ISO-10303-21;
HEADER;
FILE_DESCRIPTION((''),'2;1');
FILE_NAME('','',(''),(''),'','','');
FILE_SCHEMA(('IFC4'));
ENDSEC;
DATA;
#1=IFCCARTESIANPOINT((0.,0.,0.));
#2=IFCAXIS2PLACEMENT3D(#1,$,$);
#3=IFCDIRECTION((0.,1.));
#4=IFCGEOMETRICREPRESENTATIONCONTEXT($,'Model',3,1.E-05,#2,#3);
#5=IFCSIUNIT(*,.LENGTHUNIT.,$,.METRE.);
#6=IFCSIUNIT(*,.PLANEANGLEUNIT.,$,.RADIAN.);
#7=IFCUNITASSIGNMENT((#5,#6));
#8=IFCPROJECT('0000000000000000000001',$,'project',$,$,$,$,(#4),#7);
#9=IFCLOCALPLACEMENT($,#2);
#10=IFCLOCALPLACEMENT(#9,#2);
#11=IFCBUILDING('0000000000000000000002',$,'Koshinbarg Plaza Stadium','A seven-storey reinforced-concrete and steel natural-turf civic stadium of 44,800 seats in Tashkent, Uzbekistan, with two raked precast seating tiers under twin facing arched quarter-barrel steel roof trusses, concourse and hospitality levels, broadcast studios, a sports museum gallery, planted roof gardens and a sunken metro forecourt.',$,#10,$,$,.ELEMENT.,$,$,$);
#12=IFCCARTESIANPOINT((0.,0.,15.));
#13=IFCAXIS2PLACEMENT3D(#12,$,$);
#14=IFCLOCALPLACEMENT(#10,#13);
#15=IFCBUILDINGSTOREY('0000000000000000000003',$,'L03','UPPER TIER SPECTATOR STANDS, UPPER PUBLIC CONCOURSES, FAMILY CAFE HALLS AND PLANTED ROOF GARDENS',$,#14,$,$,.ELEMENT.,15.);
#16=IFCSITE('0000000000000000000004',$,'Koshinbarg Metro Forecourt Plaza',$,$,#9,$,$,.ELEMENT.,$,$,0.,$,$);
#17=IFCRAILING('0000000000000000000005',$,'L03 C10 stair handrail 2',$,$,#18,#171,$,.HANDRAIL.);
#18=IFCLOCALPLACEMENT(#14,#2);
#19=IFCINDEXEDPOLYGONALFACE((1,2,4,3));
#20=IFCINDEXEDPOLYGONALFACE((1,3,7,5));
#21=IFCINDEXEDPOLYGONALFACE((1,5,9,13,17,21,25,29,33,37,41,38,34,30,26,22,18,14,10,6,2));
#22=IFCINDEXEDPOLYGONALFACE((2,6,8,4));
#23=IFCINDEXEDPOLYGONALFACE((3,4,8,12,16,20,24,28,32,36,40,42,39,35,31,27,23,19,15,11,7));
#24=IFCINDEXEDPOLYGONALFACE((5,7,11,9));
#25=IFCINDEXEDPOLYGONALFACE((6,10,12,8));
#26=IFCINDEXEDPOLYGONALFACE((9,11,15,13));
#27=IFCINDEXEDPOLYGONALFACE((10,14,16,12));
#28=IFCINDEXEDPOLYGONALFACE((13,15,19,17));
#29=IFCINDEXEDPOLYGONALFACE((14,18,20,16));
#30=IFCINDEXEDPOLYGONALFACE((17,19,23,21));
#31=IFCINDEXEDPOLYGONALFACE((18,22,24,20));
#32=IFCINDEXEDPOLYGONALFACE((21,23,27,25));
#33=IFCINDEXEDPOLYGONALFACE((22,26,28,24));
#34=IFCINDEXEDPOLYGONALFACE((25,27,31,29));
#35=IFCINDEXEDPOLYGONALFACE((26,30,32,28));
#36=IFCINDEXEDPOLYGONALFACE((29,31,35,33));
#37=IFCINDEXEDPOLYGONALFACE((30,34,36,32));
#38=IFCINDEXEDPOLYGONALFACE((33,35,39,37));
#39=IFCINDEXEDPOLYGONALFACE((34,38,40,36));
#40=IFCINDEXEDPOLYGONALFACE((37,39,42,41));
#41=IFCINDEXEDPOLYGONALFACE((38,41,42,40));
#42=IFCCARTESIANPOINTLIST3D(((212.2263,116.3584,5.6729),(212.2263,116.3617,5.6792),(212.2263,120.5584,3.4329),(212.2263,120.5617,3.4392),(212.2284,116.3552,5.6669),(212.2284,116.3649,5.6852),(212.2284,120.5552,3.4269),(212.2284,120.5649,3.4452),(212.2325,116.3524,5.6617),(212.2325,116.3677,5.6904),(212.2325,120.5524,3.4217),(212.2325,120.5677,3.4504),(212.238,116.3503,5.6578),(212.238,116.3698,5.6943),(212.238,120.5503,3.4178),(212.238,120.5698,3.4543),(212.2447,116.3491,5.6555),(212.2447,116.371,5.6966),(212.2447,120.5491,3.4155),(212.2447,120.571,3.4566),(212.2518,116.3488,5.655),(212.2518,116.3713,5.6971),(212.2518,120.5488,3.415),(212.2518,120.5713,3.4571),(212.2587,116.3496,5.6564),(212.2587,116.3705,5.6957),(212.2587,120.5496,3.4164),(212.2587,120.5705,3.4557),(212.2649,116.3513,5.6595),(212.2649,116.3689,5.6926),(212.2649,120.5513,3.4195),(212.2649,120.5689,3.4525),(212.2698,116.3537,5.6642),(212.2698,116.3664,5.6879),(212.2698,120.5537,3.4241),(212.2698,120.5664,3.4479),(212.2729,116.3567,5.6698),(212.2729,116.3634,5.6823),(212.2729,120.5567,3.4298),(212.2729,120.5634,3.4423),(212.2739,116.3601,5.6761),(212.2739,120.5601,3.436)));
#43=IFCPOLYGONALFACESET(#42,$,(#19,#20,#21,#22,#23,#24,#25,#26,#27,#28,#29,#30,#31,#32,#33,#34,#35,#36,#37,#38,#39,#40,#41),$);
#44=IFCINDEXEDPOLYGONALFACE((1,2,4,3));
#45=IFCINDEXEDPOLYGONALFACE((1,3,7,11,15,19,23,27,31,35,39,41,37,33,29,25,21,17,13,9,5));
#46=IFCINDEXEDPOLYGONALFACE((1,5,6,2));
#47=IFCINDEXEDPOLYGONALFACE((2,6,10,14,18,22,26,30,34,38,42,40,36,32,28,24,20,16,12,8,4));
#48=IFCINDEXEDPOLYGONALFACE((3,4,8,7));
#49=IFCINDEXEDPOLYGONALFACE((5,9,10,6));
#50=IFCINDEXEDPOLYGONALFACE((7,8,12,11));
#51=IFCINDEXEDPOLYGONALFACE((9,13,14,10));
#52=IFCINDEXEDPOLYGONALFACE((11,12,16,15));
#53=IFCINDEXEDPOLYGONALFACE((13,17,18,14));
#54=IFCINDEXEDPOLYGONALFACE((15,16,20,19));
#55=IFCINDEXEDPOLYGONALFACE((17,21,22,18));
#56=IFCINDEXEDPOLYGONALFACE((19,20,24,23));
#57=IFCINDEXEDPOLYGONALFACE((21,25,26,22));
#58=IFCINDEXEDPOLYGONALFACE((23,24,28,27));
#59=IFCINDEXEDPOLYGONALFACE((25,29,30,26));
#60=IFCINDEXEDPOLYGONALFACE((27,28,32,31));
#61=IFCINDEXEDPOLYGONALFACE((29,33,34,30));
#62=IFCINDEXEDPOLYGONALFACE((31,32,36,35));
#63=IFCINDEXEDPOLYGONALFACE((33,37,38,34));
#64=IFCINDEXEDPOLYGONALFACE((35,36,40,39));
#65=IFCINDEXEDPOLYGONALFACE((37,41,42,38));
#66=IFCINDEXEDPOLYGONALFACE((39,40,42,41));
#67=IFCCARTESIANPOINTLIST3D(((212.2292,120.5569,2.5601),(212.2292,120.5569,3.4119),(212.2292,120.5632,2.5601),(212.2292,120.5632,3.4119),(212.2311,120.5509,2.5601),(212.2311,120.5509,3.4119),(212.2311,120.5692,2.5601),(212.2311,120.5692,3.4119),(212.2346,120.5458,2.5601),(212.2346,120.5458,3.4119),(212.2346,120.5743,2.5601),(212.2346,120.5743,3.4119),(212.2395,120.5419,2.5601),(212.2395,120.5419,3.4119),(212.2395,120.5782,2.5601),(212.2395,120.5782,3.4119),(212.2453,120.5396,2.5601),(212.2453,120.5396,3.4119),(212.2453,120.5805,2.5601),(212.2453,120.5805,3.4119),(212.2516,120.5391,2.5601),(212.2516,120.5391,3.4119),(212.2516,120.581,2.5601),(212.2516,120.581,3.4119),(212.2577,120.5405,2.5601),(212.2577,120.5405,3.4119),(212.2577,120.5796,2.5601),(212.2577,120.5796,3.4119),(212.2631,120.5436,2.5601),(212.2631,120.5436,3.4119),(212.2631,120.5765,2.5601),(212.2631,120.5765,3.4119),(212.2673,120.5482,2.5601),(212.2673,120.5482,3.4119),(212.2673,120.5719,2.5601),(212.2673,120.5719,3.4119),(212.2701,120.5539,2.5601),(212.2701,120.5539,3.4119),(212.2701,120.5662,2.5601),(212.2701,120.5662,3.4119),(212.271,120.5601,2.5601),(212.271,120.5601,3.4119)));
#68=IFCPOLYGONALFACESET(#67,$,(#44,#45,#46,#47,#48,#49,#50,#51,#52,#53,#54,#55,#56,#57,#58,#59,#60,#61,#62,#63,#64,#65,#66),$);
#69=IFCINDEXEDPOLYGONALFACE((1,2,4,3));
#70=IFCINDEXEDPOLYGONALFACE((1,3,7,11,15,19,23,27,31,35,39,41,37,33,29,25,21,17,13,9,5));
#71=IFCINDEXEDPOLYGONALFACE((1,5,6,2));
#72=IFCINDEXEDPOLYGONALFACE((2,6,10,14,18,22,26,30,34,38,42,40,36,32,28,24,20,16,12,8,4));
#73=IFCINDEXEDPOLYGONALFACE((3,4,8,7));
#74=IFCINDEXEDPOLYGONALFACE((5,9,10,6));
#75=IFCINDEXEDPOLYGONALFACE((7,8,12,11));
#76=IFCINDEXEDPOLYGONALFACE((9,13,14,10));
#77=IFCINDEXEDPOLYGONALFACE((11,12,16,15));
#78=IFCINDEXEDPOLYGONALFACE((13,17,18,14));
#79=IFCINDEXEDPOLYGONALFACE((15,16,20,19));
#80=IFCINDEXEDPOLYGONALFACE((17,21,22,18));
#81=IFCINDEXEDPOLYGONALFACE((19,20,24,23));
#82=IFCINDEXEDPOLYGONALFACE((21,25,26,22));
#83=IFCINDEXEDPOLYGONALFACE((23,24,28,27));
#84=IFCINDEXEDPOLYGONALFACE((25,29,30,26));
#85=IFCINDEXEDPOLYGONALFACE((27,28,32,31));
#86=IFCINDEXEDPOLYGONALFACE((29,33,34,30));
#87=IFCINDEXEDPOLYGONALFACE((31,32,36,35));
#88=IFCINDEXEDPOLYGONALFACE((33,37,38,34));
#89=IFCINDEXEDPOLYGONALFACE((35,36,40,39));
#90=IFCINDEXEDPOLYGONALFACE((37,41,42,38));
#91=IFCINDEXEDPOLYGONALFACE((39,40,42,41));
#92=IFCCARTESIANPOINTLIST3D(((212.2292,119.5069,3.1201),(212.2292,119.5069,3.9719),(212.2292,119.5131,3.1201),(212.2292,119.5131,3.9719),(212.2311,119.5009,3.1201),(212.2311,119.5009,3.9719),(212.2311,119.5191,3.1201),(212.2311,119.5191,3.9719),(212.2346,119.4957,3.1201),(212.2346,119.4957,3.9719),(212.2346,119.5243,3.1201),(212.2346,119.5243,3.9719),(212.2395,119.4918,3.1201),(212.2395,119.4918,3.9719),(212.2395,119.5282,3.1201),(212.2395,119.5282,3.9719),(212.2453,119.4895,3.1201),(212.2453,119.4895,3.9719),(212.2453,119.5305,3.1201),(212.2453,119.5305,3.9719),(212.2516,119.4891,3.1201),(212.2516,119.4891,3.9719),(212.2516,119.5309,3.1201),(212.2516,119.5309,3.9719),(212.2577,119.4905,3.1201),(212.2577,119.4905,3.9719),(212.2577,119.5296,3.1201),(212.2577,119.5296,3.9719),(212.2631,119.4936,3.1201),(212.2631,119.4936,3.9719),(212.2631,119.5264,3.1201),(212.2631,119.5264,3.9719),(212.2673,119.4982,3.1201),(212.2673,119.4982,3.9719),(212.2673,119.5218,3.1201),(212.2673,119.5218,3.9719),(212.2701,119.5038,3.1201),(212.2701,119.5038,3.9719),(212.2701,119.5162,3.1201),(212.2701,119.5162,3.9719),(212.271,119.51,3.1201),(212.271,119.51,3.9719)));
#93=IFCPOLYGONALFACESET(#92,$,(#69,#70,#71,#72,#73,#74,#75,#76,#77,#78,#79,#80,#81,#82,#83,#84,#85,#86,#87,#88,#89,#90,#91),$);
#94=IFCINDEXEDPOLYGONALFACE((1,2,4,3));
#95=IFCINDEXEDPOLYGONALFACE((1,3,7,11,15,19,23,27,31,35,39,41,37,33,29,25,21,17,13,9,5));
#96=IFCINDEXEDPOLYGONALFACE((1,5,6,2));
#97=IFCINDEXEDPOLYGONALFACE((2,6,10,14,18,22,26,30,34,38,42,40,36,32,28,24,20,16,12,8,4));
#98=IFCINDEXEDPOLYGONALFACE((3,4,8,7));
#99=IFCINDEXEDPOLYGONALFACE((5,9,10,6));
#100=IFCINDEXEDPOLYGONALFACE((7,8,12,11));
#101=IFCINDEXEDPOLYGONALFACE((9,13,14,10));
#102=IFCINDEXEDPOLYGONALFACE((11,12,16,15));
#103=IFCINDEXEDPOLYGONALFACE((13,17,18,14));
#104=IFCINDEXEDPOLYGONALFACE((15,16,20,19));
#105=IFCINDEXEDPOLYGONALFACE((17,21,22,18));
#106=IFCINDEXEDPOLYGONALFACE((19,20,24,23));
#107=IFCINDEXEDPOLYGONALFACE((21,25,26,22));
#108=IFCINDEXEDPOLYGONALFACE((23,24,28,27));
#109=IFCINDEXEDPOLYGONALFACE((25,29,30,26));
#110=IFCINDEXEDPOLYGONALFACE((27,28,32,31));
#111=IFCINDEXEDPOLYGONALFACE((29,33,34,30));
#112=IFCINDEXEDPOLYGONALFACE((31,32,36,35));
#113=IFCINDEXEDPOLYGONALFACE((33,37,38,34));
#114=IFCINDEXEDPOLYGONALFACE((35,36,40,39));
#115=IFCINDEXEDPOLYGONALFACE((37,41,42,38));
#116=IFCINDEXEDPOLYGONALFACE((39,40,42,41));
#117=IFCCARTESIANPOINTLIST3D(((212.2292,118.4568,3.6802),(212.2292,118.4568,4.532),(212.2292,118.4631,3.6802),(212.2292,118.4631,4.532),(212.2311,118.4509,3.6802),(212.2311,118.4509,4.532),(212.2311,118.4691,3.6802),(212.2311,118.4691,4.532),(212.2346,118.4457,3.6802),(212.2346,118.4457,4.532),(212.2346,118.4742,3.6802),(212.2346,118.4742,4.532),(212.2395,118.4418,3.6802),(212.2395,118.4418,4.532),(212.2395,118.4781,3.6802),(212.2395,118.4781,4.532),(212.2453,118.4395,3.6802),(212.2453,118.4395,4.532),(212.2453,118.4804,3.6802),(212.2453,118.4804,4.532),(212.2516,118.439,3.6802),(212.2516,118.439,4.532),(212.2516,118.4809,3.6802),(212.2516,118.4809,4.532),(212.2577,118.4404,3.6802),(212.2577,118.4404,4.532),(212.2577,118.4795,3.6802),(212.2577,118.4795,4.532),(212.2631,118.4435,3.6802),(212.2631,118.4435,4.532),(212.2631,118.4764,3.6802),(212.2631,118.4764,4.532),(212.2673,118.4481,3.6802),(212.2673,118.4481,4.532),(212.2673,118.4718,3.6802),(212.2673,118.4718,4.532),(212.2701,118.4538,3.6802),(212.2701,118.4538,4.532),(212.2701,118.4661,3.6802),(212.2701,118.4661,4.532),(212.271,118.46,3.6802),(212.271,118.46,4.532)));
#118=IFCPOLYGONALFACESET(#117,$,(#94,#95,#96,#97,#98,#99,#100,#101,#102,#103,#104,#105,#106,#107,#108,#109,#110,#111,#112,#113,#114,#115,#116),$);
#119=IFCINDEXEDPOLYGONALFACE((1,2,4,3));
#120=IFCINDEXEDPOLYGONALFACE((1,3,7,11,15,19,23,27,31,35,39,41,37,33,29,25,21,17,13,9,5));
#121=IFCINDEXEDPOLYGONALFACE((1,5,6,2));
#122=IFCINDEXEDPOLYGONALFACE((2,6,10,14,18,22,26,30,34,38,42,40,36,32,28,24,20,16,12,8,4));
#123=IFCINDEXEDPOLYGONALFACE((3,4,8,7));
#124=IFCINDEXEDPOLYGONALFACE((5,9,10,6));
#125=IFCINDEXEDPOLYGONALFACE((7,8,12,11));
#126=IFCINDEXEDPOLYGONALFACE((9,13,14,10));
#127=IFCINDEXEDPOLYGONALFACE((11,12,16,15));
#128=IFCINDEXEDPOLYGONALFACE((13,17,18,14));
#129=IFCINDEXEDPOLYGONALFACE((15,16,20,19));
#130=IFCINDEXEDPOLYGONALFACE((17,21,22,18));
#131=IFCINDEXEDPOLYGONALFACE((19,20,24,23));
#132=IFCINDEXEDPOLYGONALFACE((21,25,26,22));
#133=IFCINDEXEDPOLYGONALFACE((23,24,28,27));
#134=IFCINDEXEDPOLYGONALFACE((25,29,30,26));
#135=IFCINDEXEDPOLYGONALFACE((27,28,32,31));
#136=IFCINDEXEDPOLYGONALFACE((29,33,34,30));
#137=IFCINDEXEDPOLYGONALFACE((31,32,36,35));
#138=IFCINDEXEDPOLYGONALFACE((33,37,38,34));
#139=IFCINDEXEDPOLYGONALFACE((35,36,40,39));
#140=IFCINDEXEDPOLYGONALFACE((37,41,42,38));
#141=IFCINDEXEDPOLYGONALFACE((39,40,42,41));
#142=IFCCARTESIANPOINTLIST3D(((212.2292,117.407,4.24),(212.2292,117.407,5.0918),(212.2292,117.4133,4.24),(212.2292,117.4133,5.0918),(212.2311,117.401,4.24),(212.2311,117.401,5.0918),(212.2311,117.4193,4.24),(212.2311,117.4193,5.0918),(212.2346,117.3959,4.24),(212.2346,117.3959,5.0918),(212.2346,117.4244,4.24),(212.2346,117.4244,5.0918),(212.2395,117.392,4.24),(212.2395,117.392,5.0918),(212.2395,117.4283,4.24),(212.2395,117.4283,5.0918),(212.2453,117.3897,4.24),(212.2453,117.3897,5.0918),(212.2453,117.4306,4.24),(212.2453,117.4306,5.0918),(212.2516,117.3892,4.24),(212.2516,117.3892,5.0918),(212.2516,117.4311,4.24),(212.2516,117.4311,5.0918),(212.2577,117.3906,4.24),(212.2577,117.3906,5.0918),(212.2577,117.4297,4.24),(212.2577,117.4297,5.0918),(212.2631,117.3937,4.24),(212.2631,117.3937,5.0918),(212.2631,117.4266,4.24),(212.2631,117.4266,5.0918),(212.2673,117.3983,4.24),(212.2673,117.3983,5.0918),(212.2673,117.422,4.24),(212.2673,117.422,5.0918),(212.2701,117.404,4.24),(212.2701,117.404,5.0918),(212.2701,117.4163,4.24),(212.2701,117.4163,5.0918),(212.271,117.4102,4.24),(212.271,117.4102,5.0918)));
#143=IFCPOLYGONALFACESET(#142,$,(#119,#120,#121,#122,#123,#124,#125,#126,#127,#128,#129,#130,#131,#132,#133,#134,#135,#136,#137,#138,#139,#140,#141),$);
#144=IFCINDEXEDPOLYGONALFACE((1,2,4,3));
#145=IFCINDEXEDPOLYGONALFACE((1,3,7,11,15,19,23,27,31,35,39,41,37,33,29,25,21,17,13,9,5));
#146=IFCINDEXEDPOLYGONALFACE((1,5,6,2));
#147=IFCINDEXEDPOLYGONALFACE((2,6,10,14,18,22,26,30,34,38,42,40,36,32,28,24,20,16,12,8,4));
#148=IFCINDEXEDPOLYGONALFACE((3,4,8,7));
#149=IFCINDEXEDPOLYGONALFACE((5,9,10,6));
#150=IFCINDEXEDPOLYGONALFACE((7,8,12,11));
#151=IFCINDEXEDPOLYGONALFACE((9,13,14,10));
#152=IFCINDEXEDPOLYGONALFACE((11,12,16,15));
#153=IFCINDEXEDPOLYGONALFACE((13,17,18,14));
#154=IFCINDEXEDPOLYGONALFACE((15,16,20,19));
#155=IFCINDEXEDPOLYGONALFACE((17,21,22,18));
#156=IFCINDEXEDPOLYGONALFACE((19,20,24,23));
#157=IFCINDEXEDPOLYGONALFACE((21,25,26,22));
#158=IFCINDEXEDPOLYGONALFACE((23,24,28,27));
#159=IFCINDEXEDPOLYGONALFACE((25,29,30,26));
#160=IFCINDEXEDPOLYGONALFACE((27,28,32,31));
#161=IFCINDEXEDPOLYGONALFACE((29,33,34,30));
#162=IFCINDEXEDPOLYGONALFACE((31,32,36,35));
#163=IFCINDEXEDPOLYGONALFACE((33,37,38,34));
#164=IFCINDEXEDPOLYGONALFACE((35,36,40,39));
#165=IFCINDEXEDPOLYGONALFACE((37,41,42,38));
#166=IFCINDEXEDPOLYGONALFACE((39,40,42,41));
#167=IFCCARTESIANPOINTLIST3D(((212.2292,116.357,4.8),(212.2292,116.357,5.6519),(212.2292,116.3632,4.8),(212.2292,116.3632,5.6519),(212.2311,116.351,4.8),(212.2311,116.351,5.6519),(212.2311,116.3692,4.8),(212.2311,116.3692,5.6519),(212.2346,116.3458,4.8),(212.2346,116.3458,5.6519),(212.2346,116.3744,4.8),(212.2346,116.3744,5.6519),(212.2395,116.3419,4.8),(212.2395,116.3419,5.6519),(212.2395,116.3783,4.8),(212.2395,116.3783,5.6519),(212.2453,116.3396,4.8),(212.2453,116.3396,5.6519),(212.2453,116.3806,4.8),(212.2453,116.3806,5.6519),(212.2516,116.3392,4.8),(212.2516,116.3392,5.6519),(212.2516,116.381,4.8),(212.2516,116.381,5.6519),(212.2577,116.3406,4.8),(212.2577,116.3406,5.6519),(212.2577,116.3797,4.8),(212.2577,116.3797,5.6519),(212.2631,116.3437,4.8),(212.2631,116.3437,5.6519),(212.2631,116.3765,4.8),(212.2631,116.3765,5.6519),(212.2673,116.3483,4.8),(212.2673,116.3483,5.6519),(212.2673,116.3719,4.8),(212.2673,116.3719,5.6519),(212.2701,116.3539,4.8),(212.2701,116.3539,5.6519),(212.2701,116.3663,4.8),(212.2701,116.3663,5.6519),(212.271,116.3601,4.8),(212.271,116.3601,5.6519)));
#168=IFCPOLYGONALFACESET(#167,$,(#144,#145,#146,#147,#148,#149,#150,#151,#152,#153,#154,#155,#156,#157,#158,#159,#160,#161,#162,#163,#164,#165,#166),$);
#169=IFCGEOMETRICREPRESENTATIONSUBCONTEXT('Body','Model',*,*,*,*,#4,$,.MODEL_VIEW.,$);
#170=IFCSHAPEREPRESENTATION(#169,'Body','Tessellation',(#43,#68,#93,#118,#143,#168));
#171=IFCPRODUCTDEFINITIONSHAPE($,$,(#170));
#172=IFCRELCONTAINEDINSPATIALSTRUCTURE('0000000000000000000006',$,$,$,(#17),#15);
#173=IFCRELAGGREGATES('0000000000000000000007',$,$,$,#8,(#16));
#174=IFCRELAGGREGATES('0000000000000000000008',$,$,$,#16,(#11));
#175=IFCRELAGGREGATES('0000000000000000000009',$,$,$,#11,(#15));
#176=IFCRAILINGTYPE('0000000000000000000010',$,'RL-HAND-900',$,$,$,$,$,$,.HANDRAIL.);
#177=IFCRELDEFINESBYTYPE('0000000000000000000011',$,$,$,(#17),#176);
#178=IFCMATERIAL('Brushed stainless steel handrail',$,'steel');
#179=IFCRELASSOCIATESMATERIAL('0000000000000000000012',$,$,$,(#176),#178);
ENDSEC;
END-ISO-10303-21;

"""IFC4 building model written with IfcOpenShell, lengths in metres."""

from ifc_helpers import new_model, si_unit, direction, frame, origin, origin_2d, place, context, subcontext, project, spatial, circle, extrude, material, type_object, element, save


model = new_model("IFC4")

# Units and contexts
model_context = context("Model", 3, precision=1e-05, world=origin(), true_north=direction((0.0, 1.0)))
body_context = subcontext(model_context, "Body", "Model", "MODEL_VIEW")
ifc_project = project(units=[si_unit("LENGTHUNIT", "METRE"), si_unit("PLANEANGLEUNIT", "RADIAN")], contexts=[model_context])

# Site, building, storey
site_placement = place(None, origin())
site = spatial("IfcSite", under=ifc_project, at=site_placement, Name="Koshinbarg Metro Forecourt Plaza", CompositionType="ELEMENT", RefElevation=0.0)
building_placement = place(site_placement, origin())
building = spatial("IfcBuilding", under=site, at=building_placement, Name="Koshinbarg Plaza Stadium", Description="A seven-storey reinforced-concrete and steel natural-turf civic stadium of 44,800 seats in Tashkent, Uzbekistan, with two raked precast seating tiers under twin facing arched quarter-barrel steel roof trusses, concourse and hospitality levels, broadcast studios, a sports museum gallery, planted roof gardens and a sunken metro forecourt.", CompositionType="ELEMENT")
storey_placement = place(building_placement, frame((0.0, 0.0, 15.0)))
storey = spatial("IfcBuildingStorey", under=building, at=storey_placement, Name="L03", Description="UPPER TIER SPECTATOR STANDS, UPPER PUBLIC CONCOURSES, FAMILY CAFE HALLS AND PLANTED ROOF GARDENS", CompositionType="ELEMENT", Elevation=15.0)

# Railing
ifc_material_1 = material(Name="Brushed stainless steel handrail", Category="steel")
railing_type_1 = type_object("IfcRailingType", Name="RL-HAND-900", PredefinedType="HANDRAIL", material=ifc_material_1)
railing_1_placement = place(storey_placement, frame((212.25, 120.5601, 2.5601)))
element("IfcRailing", 1, at=railing_1_placement, inside=storey, type_object=railing_type_1, Name="L03 C10 stair handrail 2", PredefinedType="HANDRAIL", context=body_context, shape_type="SweptSolid", body=[
    extrude(circle(Radius=0.0239, at=origin_2d()), frame((0.0, 0.0, 0.876), z_axis=(0.0, -0.882352, 0.470591), x_axis=(1.0, 0.0, 0.0)), (0.0, 0.0, 1.0), 4.76),
    extrude(circle(Radius=0.021, at=origin_2d()), origin(), (0.0, 0.0, 1.0), 0.8518),
    extrude(circle(Radius=0.021, at=origin_2d()), frame((0.0, -1.05, 0.5601)), (0.0, 0.0, 1.0), 0.8518),
    extrude(circle(Radius=0.021, at=origin_2d()), frame((0.0, -2.1001, 1.1201)), (0.0, 0.0, 1.0), 0.8518),
    extrude(circle(Radius=0.021, at=origin_2d()), frame((0.0, -3.1499, 1.6799)), (0.0, 0.0, 1.0), 0.8518),
    extrude(circle(Radius=0.021, at=origin_2d()), frame((0.0, -4.2, 2.24)), (0.0, 0.0, 1.0), 0.8518),
])

save(model, "model.ifc")
